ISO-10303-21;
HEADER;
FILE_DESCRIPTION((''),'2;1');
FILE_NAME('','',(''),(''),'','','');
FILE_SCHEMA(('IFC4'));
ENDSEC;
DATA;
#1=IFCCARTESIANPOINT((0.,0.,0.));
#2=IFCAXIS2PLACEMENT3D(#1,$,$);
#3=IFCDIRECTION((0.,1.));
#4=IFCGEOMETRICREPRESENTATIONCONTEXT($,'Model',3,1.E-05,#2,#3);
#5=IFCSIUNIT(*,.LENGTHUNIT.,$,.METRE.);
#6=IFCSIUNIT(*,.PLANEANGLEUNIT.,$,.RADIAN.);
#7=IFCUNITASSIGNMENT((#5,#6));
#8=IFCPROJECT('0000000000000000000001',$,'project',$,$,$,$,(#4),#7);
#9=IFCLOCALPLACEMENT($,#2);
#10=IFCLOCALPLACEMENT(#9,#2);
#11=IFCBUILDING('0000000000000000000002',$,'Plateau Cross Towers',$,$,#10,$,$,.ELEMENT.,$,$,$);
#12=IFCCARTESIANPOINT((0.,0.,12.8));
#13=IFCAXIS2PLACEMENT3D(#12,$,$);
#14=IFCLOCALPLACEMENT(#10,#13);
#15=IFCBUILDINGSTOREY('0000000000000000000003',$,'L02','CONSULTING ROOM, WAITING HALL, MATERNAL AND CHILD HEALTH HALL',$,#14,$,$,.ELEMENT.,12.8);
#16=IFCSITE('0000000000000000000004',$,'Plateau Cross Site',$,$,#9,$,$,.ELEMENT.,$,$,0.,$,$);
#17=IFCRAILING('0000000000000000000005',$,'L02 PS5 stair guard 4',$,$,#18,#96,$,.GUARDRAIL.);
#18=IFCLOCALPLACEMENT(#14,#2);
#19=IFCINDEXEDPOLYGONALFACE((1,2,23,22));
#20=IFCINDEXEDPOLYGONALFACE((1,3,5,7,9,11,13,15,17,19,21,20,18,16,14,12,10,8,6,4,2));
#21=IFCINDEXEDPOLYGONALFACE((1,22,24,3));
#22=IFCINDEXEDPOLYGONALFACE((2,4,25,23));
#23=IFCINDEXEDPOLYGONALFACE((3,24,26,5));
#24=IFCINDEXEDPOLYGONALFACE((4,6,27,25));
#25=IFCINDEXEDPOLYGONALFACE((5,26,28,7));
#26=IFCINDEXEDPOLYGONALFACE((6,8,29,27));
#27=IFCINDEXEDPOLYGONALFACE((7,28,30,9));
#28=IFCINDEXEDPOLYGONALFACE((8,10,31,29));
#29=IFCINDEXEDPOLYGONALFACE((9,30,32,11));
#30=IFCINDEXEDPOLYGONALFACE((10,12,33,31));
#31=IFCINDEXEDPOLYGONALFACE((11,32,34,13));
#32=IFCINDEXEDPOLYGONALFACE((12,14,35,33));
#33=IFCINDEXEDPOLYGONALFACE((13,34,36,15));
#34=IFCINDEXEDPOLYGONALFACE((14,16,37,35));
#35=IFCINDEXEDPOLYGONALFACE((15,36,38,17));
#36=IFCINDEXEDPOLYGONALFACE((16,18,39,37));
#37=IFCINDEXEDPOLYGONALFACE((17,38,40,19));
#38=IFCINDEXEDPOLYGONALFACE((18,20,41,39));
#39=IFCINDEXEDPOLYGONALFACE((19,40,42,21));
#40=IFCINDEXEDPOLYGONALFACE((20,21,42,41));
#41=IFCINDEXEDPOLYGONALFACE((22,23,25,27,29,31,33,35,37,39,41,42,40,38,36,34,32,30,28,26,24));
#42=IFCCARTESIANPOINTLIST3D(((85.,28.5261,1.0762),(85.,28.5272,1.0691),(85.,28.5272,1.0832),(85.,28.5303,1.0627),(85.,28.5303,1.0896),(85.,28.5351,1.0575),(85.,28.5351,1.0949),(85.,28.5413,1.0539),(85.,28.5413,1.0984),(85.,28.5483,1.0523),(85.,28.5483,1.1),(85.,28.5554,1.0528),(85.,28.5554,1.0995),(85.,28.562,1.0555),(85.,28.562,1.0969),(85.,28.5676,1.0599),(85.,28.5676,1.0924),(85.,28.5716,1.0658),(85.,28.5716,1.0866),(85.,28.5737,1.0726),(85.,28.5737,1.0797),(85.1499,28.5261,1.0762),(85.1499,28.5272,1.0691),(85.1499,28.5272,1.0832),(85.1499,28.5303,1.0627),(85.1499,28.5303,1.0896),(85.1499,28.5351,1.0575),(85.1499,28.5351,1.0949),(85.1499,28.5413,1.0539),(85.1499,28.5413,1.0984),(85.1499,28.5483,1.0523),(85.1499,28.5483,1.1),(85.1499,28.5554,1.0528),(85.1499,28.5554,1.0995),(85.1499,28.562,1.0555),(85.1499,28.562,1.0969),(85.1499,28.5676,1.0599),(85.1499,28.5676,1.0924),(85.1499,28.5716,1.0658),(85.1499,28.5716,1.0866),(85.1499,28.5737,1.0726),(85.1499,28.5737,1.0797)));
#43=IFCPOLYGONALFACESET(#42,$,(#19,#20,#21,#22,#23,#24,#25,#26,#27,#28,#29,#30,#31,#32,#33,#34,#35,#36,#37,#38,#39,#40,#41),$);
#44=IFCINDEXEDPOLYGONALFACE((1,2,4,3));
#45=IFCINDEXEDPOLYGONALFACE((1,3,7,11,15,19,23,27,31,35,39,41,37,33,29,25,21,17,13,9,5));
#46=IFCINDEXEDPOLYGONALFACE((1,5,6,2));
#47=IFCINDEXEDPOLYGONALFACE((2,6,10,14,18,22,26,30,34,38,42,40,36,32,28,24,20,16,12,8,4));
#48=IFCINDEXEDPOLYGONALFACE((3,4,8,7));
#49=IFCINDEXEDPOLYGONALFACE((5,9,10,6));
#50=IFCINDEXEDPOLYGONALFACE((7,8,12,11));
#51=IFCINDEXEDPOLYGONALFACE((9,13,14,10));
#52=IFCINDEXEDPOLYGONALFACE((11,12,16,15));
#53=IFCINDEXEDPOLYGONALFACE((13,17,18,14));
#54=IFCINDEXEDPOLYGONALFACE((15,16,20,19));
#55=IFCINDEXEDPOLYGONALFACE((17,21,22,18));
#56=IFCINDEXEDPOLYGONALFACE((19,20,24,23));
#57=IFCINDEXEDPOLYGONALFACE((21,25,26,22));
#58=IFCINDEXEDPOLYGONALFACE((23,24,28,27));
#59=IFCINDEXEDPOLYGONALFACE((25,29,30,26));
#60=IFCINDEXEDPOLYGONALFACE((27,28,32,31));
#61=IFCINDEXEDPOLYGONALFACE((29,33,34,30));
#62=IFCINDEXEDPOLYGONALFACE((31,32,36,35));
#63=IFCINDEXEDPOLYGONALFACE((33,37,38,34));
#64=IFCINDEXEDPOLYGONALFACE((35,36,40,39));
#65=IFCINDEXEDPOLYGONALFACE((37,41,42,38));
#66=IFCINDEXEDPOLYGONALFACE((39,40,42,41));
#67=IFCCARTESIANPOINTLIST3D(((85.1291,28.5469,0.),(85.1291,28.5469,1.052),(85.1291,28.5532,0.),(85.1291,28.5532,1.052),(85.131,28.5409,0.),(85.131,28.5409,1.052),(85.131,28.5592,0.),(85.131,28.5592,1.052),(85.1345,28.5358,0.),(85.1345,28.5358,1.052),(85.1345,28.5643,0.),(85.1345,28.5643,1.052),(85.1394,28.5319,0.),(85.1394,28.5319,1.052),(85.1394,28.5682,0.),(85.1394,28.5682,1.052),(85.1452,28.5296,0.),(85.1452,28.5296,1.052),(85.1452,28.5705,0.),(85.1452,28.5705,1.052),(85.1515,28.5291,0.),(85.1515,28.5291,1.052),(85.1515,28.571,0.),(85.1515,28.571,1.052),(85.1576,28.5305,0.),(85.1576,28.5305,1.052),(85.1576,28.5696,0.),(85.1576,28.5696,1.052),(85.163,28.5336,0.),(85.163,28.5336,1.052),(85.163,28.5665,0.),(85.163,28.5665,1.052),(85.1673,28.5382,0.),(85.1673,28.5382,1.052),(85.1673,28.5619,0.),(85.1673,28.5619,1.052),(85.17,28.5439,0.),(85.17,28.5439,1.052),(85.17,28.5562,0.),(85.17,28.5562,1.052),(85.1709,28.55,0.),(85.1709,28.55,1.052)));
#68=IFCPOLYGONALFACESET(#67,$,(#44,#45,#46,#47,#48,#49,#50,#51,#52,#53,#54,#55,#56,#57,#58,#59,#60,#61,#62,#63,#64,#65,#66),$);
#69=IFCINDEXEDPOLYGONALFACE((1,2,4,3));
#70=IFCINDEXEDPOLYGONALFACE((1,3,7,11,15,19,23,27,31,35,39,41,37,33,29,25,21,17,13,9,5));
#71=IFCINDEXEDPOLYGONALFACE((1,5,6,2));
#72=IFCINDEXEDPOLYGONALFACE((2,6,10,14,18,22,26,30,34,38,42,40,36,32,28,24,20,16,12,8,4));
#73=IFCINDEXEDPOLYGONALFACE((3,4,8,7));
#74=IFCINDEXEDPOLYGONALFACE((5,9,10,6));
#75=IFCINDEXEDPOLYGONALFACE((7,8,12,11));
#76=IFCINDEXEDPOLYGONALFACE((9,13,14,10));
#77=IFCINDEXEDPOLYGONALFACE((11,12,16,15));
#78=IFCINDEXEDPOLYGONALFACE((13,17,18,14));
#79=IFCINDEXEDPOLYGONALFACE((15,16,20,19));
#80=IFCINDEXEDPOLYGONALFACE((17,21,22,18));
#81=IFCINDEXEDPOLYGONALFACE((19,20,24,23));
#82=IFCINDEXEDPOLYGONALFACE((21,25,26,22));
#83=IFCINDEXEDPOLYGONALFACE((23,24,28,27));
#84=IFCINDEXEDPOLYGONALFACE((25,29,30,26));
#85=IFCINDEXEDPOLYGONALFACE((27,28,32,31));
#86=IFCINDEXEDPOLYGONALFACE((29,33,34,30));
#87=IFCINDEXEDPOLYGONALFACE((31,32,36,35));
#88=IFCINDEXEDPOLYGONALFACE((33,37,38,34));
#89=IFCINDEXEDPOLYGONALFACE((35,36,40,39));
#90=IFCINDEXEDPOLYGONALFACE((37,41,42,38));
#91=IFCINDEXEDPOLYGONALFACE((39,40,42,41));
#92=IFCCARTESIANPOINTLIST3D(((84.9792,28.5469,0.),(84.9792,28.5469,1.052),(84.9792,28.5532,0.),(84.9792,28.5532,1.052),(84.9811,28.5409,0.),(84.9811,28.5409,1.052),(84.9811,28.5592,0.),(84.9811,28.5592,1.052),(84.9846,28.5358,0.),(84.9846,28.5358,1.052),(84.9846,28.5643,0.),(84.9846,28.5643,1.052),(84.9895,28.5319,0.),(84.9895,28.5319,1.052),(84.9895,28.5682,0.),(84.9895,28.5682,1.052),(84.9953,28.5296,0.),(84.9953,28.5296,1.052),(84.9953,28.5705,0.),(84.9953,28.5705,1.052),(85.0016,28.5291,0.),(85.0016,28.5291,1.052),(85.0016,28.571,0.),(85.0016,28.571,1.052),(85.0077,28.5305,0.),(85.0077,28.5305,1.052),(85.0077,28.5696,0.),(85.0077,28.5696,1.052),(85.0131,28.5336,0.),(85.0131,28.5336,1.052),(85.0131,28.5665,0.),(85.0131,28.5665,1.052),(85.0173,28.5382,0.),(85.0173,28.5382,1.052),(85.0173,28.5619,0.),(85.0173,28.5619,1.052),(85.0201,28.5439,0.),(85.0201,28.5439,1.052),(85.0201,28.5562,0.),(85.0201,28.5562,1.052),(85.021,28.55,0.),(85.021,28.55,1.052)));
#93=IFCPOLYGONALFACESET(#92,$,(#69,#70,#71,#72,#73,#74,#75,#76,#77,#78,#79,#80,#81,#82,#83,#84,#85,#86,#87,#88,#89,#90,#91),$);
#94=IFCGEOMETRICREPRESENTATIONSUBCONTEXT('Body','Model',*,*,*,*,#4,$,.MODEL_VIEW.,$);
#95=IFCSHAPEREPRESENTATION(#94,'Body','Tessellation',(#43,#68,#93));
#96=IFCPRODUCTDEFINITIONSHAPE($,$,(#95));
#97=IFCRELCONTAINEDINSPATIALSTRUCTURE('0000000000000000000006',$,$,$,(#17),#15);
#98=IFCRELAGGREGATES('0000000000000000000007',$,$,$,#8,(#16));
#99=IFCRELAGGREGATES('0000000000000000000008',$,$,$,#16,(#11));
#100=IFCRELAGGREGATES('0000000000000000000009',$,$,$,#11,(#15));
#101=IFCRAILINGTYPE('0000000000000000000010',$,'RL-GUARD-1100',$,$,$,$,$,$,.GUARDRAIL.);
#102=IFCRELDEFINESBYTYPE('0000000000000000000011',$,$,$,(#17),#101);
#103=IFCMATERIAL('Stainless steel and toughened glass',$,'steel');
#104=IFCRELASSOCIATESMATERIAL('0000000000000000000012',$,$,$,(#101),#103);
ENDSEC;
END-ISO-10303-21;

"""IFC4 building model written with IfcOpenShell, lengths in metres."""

from ifc_helpers import new_model, si_unit, direction, frame, origin, origin_2d, place, context, subcontext, project, spatial, circle, extrude, material, type_object, element, save


model = new_model("IFC4")

# Units and contexts
model_context = context("Model", 3, precision=1e-05, world=origin(), true_north=direction((0.0, 1.0)))
body_context = subcontext(model_context, "Body", "Model", "MODEL_VIEW")
ifc_project = project(units=[si_unit("LENGTHUNIT", "METRE"), si_unit("PLANEANGLEUNIT", "RADIAN")], contexts=[model_context])

# Site, building, storey
site_placement = place(None, origin())
site = spatial("IfcSite", under=ifc_project, at=site_placement, Name="Plateau Cross Site", CompositionType="ELEMENT", RefElevation=0.0)
building_placement = place(site_placement, origin())
building = spatial("IfcBuilding", under=site, at=building_placement, Name="Plateau Cross Towers", CompositionType="ELEMENT")
storey_placement = place(building_placement, frame((0.0, 0.0, 12.8)))
storey = spatial("IfcBuildingStorey", under=building, at=storey_placement, Name="L02", Description="CONSULTING ROOM, WAITING HALL, MATERNAL AND CHILD HEALTH HALL", CompositionType="ELEMENT", Elevation=12.8)

# Railing
ifc_material_1 = material(Name="Stainless steel and toughened glass", Category="steel")
railing_type_1 = type_object("IfcRailingType", Name="RL-GUARD-1100", PredefinedType="GUARDRAIL", material=ifc_material_1)
railing_1_placement = place(storey_placement, frame((85.1499, 28.55, 0.0)))
element("IfcRailing", 1, at=railing_1_placement, inside=storey, type_object=railing_type_1, Name="L02 PS5 stair guard 4", PredefinedType="GUARDRAIL", context=body_context, shape_type="SweptSolid", body=[
    extrude(circle(Radius=0.0239, at=origin_2d()), frame((0.0, 0.0, 1.0762), z_axis=(-1.0, 0.0, 0.0), x_axis=(0.0, -1.0, 0.0)), (0.0, 0.0, 1.0), 0.1499),
    extrude(circle(Radius=0.021, at=origin_2d()), origin(), (0.0, 0.0, 1.0), 1.052),
    extrude(circle(Radius=0.021, at=origin_2d()), frame((-0.1499, 0.0, 0.0)), (0.0, 0.0, 1.0), 1.052),
])

save(model, "model.ifc")
